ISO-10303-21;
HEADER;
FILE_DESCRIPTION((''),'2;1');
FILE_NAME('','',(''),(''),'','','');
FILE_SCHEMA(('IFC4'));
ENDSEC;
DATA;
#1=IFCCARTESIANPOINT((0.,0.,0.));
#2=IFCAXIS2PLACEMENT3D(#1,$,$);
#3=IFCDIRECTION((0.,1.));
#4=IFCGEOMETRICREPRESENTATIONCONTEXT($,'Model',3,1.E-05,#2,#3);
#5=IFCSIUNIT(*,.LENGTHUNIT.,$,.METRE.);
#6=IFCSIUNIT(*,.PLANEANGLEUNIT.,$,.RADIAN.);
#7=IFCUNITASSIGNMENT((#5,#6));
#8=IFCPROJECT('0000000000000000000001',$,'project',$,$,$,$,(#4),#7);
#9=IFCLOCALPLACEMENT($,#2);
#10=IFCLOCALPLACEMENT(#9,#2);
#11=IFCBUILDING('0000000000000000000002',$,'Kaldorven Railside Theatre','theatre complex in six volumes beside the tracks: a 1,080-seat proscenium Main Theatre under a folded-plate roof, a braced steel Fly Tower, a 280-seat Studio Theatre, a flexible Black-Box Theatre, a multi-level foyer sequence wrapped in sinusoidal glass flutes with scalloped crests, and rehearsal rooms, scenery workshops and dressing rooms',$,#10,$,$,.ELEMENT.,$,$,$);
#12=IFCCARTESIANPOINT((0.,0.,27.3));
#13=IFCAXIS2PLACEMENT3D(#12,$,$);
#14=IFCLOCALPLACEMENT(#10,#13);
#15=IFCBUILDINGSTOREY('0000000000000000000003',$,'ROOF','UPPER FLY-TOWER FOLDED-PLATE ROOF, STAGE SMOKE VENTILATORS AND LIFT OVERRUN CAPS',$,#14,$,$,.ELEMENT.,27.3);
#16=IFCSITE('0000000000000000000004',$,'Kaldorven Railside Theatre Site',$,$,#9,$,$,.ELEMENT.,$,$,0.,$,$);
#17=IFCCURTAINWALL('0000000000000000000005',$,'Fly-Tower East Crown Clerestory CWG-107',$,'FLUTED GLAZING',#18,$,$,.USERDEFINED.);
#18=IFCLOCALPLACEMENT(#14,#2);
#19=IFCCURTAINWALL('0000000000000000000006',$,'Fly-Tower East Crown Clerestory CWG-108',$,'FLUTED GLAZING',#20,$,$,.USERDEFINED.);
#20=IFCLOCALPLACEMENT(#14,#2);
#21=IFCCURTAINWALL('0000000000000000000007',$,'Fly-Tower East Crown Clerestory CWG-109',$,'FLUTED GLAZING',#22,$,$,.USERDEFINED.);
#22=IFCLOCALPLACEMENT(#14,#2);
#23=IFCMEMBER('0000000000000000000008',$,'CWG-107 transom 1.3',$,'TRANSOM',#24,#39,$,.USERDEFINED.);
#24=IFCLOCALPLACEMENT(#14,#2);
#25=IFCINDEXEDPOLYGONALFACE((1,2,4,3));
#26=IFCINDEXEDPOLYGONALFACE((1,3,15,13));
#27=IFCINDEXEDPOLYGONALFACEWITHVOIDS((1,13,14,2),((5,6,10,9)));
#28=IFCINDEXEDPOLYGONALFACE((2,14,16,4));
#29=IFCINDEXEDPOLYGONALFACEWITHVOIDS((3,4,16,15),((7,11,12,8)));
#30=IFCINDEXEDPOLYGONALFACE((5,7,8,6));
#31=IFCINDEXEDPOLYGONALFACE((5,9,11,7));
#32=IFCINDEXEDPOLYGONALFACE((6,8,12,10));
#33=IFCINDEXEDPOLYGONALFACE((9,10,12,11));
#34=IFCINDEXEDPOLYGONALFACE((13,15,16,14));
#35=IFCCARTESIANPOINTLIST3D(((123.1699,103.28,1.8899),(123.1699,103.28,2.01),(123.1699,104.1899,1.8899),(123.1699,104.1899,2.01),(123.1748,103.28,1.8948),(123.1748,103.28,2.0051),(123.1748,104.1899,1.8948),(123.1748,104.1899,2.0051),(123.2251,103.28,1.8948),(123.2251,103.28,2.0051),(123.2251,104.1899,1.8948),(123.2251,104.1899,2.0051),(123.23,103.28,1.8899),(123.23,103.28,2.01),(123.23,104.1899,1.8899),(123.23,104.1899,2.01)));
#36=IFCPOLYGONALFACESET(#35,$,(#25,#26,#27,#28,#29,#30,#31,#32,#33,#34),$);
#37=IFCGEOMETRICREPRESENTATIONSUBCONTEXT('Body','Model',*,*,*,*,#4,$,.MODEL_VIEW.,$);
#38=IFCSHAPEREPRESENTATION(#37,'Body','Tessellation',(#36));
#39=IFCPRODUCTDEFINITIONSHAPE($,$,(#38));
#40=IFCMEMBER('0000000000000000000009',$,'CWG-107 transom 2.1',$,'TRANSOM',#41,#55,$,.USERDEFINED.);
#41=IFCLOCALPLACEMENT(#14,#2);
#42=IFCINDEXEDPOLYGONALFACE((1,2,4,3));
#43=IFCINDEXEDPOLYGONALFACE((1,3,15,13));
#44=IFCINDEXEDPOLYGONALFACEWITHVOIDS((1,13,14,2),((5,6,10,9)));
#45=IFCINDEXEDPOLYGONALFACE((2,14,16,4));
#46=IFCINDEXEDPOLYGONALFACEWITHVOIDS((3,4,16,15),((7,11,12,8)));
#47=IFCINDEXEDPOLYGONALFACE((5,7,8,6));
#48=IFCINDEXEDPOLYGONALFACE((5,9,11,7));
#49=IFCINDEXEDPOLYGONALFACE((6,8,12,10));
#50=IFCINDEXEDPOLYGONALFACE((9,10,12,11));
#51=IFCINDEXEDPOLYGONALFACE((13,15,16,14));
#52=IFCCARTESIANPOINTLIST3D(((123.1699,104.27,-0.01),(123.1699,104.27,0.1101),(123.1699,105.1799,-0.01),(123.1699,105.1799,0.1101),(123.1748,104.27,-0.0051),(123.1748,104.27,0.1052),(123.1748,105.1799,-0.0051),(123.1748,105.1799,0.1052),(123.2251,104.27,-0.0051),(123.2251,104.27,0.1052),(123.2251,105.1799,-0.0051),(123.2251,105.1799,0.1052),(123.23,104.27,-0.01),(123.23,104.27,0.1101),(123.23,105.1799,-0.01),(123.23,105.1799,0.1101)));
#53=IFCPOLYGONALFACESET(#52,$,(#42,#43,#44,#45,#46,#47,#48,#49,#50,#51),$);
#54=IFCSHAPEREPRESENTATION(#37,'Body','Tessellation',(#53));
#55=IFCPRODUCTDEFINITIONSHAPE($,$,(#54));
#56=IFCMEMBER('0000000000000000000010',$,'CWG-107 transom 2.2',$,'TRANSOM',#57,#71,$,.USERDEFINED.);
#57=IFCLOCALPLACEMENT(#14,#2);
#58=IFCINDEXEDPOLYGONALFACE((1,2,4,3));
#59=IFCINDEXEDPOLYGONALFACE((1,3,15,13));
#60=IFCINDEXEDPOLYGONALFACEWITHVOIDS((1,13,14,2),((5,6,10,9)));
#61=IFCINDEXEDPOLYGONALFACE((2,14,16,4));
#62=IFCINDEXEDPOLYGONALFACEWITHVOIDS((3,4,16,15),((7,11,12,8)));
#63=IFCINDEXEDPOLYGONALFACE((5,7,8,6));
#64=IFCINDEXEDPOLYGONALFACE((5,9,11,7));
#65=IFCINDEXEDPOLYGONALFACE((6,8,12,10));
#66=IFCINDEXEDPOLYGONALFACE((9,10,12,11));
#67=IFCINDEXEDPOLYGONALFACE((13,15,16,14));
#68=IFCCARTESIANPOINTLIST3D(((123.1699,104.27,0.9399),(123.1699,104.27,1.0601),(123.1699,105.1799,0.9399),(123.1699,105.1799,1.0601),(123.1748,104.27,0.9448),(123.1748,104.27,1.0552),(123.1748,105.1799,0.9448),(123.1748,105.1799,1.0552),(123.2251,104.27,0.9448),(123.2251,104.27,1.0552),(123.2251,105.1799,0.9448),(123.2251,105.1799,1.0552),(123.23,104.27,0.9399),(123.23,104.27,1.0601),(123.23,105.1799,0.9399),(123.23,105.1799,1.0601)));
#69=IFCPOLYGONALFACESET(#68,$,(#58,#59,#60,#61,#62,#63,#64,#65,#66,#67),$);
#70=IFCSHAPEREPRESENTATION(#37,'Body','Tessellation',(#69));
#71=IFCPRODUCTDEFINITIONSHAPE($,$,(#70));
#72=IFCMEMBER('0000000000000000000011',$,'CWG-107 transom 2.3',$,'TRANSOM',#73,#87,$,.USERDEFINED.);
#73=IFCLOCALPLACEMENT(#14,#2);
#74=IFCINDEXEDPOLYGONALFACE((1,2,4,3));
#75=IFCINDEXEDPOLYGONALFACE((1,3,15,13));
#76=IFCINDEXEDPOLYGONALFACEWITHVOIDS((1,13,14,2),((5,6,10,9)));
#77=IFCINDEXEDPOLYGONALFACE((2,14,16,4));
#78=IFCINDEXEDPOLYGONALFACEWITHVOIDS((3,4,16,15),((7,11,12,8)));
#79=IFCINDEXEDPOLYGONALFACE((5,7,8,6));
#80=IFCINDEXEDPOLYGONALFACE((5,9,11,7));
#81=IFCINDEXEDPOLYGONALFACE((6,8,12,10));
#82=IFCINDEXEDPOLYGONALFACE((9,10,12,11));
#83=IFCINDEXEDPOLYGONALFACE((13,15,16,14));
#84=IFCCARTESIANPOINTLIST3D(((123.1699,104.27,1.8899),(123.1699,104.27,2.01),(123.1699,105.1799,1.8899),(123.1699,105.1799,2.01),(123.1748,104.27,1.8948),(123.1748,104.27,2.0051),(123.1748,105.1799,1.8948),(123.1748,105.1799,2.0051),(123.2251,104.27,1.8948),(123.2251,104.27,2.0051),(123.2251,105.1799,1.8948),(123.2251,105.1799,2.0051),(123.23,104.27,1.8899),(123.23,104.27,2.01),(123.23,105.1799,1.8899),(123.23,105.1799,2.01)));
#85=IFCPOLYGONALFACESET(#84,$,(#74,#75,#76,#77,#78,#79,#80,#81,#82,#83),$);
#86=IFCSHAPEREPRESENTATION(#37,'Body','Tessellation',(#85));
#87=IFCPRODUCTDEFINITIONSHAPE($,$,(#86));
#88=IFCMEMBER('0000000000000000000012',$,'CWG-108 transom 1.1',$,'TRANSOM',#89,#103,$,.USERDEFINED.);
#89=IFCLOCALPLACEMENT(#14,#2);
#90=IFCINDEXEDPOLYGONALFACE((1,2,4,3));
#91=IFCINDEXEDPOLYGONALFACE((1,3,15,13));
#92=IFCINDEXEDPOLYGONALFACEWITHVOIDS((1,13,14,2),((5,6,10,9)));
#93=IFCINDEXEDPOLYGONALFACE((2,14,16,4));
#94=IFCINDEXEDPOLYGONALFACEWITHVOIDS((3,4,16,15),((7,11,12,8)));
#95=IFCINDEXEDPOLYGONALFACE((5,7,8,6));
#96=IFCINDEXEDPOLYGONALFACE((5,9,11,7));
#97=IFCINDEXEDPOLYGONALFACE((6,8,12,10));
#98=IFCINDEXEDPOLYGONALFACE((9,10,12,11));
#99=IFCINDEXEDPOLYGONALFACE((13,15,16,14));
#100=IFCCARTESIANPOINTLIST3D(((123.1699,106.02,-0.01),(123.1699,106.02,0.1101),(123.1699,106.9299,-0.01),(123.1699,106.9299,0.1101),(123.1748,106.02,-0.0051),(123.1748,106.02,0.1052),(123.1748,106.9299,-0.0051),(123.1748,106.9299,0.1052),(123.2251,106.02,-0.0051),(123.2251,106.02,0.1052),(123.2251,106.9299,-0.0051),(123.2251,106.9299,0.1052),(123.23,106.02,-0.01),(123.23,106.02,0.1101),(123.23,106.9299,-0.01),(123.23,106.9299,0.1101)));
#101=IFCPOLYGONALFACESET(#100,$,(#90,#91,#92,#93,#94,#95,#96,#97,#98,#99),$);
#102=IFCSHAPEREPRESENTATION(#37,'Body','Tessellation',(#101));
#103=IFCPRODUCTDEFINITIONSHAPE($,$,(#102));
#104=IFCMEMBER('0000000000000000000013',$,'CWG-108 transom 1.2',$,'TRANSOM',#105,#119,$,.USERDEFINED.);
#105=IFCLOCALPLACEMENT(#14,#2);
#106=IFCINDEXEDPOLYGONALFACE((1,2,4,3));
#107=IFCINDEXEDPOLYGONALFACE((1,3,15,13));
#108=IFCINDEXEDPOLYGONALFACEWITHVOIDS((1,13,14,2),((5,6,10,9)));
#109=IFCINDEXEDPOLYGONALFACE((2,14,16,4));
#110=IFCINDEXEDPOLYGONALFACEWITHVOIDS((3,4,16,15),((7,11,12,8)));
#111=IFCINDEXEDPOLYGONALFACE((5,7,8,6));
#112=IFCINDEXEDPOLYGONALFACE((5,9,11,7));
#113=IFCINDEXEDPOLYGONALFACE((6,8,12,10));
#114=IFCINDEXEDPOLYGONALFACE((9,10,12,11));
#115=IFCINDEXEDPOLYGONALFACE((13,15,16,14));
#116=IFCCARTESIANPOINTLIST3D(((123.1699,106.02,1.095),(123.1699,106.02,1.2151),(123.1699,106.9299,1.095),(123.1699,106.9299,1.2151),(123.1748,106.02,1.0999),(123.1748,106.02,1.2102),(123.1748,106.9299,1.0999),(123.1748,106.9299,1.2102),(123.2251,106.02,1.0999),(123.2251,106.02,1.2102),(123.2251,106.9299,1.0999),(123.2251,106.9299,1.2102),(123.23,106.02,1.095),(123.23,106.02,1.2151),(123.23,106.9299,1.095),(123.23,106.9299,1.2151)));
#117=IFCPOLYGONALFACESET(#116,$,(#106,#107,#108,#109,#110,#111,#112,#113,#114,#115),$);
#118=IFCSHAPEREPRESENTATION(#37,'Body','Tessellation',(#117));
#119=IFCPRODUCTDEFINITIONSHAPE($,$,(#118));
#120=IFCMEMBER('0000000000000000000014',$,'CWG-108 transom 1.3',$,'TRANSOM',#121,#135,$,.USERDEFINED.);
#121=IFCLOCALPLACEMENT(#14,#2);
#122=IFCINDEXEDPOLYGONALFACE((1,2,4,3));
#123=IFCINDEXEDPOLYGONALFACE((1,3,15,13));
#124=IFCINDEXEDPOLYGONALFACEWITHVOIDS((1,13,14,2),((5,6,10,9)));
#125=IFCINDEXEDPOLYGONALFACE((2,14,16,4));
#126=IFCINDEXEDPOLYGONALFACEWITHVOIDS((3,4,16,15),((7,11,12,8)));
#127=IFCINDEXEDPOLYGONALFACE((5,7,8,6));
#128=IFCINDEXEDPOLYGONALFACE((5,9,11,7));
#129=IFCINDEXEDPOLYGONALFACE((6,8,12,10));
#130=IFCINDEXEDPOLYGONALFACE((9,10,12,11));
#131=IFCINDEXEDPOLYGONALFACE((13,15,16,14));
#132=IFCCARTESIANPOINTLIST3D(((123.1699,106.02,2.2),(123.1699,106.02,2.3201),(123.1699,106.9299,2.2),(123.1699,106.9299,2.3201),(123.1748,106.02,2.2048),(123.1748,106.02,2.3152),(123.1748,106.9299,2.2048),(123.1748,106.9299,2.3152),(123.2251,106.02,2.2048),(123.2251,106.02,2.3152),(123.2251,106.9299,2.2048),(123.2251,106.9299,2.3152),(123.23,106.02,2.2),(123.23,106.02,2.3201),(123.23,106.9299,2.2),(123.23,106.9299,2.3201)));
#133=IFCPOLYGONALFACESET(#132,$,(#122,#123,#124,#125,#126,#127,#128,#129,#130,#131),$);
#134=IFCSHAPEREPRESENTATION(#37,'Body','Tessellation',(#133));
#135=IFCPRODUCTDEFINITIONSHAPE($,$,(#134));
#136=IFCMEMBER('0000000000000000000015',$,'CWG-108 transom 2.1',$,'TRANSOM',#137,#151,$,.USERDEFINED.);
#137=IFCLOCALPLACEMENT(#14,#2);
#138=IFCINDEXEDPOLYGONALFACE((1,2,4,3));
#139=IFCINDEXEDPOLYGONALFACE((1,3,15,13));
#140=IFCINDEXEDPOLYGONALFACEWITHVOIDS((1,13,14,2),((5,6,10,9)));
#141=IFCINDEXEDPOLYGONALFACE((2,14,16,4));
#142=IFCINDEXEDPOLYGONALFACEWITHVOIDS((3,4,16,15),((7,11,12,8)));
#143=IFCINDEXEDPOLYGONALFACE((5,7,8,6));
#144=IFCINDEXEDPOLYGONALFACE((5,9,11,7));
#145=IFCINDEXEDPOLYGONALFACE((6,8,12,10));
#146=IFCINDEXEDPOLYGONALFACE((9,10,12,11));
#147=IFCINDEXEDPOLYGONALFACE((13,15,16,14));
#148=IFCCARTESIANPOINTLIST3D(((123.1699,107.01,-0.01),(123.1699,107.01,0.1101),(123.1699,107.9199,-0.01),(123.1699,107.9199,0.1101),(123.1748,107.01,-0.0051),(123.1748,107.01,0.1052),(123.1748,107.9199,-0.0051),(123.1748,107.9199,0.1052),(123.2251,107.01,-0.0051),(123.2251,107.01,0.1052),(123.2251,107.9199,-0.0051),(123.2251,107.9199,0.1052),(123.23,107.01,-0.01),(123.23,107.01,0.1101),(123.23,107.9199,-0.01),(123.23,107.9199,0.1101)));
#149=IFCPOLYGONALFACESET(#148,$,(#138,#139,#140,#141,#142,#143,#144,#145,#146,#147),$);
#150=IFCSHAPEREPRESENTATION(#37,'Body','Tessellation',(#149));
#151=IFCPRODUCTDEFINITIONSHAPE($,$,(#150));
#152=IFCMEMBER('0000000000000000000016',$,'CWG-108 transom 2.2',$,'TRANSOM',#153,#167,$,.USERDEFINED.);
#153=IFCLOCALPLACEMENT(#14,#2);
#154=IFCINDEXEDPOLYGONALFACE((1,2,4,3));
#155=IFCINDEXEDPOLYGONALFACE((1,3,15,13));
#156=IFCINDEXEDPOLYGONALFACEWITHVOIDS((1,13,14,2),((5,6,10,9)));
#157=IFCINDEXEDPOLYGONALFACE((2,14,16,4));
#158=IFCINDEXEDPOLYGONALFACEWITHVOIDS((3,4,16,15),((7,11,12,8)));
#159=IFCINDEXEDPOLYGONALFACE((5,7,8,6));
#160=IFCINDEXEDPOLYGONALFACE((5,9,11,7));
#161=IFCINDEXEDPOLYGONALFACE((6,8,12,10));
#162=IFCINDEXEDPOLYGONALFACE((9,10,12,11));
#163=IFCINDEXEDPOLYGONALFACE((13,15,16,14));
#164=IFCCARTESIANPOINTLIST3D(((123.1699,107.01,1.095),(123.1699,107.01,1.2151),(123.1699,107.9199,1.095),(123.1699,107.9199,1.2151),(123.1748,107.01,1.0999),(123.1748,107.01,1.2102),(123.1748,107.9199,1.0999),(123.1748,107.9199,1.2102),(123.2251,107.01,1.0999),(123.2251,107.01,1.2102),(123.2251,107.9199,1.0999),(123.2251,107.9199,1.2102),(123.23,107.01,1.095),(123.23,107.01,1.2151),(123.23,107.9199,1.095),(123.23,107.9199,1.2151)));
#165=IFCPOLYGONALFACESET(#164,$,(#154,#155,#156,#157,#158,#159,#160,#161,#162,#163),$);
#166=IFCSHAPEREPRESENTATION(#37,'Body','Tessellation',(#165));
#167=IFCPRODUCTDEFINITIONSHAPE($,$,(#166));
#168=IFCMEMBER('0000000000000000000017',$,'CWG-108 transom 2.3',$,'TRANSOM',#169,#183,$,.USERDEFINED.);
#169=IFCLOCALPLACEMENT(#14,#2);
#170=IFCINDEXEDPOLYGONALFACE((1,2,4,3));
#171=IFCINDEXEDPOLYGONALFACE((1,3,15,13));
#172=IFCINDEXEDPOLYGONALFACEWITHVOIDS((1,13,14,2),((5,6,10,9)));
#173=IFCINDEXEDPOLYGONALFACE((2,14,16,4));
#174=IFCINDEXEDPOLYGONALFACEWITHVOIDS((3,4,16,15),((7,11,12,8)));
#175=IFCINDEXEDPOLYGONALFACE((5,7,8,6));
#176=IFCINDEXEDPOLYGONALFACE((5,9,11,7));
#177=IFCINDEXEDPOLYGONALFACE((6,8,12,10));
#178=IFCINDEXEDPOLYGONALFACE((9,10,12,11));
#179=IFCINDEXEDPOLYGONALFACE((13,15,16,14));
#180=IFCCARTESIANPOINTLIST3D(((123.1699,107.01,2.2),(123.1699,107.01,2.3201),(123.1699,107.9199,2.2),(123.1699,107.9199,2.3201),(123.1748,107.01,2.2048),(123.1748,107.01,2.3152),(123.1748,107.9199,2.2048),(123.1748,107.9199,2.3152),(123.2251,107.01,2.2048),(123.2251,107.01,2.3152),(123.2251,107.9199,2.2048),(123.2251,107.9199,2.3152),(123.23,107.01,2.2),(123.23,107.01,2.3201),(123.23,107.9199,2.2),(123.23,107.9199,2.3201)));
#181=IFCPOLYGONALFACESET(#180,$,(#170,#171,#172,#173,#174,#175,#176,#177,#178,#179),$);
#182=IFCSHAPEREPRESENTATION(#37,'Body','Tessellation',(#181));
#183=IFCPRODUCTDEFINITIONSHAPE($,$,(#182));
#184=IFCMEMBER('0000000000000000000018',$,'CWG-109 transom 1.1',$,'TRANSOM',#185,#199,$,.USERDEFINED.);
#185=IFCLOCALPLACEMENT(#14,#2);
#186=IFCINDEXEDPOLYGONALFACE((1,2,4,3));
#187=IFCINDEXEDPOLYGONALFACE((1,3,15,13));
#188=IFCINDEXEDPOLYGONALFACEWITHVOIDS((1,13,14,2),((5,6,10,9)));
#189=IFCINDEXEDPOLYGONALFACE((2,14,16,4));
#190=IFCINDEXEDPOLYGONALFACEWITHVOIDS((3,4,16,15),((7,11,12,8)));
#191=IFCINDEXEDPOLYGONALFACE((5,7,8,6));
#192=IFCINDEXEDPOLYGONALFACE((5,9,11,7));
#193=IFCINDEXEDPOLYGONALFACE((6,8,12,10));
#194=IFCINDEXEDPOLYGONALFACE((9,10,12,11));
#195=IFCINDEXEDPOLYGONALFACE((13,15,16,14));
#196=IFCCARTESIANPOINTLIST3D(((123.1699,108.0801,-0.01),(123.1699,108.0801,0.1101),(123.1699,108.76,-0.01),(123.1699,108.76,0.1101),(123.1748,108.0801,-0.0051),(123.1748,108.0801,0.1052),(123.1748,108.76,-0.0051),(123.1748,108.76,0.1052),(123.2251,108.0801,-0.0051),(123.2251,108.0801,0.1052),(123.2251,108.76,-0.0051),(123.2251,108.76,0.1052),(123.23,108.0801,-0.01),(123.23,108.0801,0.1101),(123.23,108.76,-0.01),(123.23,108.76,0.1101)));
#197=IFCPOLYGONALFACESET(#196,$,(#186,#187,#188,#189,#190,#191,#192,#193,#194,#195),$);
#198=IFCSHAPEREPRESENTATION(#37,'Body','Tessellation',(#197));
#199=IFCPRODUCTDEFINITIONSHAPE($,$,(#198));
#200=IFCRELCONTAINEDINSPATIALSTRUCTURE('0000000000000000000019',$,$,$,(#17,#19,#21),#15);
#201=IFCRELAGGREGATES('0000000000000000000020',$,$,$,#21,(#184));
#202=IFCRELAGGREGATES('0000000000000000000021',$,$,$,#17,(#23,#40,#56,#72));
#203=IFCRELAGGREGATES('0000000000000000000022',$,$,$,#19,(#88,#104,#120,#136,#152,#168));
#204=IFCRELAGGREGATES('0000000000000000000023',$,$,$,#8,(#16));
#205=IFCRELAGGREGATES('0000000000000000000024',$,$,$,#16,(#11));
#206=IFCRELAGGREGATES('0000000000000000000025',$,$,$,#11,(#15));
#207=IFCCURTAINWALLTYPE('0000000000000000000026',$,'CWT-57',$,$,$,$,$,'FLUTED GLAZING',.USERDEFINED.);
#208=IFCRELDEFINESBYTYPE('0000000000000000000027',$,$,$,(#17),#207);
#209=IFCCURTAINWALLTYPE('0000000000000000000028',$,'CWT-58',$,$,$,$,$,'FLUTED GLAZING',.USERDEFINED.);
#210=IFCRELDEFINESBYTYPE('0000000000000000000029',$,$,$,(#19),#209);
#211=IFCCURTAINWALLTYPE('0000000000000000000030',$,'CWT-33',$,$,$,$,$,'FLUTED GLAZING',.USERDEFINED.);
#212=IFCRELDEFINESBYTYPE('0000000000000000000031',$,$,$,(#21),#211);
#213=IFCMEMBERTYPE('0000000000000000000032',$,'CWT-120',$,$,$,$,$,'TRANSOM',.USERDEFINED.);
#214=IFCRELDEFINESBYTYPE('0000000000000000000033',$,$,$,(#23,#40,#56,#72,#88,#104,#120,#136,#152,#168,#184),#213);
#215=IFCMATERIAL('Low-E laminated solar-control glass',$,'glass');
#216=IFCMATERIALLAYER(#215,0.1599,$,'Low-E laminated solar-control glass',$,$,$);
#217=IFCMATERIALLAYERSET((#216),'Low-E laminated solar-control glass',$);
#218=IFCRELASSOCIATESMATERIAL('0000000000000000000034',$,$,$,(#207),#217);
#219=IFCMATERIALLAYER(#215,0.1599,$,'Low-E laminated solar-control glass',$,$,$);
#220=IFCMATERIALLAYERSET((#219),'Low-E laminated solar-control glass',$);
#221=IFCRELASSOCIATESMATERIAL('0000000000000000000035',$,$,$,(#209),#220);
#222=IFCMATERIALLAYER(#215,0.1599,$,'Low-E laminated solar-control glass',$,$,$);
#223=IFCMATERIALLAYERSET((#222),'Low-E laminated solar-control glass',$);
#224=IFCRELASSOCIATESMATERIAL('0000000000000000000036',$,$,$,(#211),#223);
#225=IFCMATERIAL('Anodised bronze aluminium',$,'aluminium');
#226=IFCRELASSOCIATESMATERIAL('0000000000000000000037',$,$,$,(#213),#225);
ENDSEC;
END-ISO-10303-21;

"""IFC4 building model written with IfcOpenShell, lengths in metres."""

from ifc_helpers import new_model, si_unit, direction, frame, origin, origin_2d, place, context, subcontext, project, spatial, hollow_rectangle, extrude, material, layer, layer_set, material_profile, profile_set, type_object, element, aggregate, save


model = new_model("IFC4")

# Units and contexts
model_context = context("Model", 3, precision=1e-05, world=origin(), true_north=direction((0.0, 1.0)))
body_context = subcontext(model_context, "Body", "Model", "MODEL_VIEW")
ifc_project = project(units=[si_unit("LENGTHUNIT", "METRE"), si_unit("PLANEANGLEUNIT", "RADIAN")], contexts=[model_context])

# Site, building, storey
site_placement = place(None, origin())
site = spatial("IfcSite", under=ifc_project, at=site_placement, Name="Kaldorven Railside Theatre Site", CompositionType="ELEMENT", RefElevation=0.0)
building_placement = place(site_placement, origin())
building = spatial("IfcBuilding", under=site, at=building_placement, Name="Kaldorven Railside Theatre", Description="theatre complex in six volumes beside the tracks: a 1,080-seat proscenium Main Theatre under a folded-plate roof, a braced steel Fly Tower, a 280-seat Studio Theatre, a flexible Black-Box Theatre, a multi-level foyer sequence wrapped in sinusoidal glass flutes with scalloped crests, and rehearsal rooms, scenery workshops and dressing rooms", CompositionType="ELEMENT")
storey_placement = place(building_placement, frame((0.0, 0.0, 27.3)))
storey = spatial("IfcBuildingStorey", under=building, at=storey_placement, Name="ROOF", Description="UPPER FLY-TOWER FOLDED-PLATE ROOF, STAGE SMOKE VENTILATORS AND LIFT OVERRUN CAPS", CompositionType="ELEMENT", Elevation=27.3)

# Curtain walls
ifc_material_1 = material(Name="Low-E laminated solar-control glass", Category="glass")
ifc_layer_1 = layer(ifc_material_1, 0.1599, Name="Low-E laminated solar-control glass")
ifc_layer_set_1 = layer_set([ifc_layer_1], Name="Low-E laminated solar-control glass")
curtain_wall_type_1 = type_object("IfcCurtainWallType", Name="CWT-57", ElementType="FLUTED GLAZING", PredefinedType="USERDEFINED", material=ifc_layer_set_1)
curtain_wall_1_placement = place(storey_placement, origin())
curtain_wall_1 = element("IfcCurtainWall", 1, at=curtain_wall_1_placement, inside=storey, type_object=curtain_wall_type_1, Name="Fly-Tower East Crown Clerestory CWG-107", ObjectType="FLUTED GLAZING", PredefinedType="USERDEFINED")
ifc_material_2 = material(Name="Anodised bronze aluminium", Category="aluminium")
ifc_layer_2 = layer(ifc_material_1, 0.1599, Name="Low-E laminated solar-control glass")
ifc_layer_set_2 = layer_set([ifc_layer_2], Name="Low-E laminated solar-control glass")
curtain_wall_type_2 = type_object("IfcCurtainWallType", Name="CWT-58", ElementType="FLUTED GLAZING", PredefinedType="USERDEFINED", material=ifc_layer_set_2)
curtain_wall_2_placement = place(storey_placement, origin())
curtain_wall_2 = element("IfcCurtainWall", 2, at=curtain_wall_2_placement, inside=storey, type_object=curtain_wall_type_2, Name="Fly-Tower East Crown Clerestory CWG-108", ObjectType="FLUTED GLAZING", PredefinedType="USERDEFINED")

# Curtain wall
ifc_layer_3 = layer(ifc_material_1, 0.1599, Name="Low-E laminated solar-control glass")
ifc_layer_set_3 = layer_set([ifc_layer_3], Name="Low-E laminated solar-control glass")
curtain_wall_type_3 = type_object("IfcCurtainWallType", Name="CWT-33", ElementType="FLUTED GLAZING", PredefinedType="USERDEFINED", material=ifc_layer_set_3)
curtain_wall_3_placement = place(storey_placement, origin())
curtain_wall_3 = element("IfcCurtainWall", 3, at=curtain_wall_3_placement, inside=storey, type_object=curtain_wall_type_3, Name="Fly-Tower East Crown Clerestory CWG-109", ObjectType="FLUTED GLAZING", PredefinedType="USERDEFINED")

# Members
ifc_material_profile_1 = material_profile(ifc_material_2, hollow_rectangle(XDim=0.0601, YDim=0.1201, WallThickness=0.0049, at=origin_2d()), Name="RHS 120x60x5")
ifc_profile_set_1 = profile_set([ifc_material_profile_1], Name="Anodised bronze aluminium")
member_type_1 = type_object("IfcMemberType", Name="CWT-120", ElementType="TRANSOM", PredefinedType="USERDEFINED", material=ifc_profile_set_1)
member_1_placement = place(storey_placement, frame((123.2, 103.28, 1.95), z_axis=(0.0, 1.0, 0.0), x_axis=(-1.0, 0.0, 0.0)))
member_1 = element("IfcMember", 4, at=member_1_placement, type_object=member_type_1, Name="CWG-107 transom 1.3", ObjectType="TRANSOM", PredefinedType="USERDEFINED", context=body_context, shape_type="SweptSolid", body=[
    extrude(hollow_rectangle(XDim=0.0601, YDim=0.1201, WallThickness=0.0049, at=origin_2d()), origin(), (0.0, 0.0, 1.0), 0.9099),
])
member_2_placement = place(storey_placement, frame((123.2, 104.27, 0.05), z_axis=(0.0, 1.0, 0.0), x_axis=(-1.0, 0.0, 0.0)))
member_2 = element("IfcMember", 5, at=member_2_placement, type_object=member_type_1, Name="CWG-107 transom 2.1", ObjectType="TRANSOM", PredefinedType="USERDEFINED", context=body_context, shape_type="SweptSolid", body=[
    extrude(hollow_rectangle(XDim=0.0601, YDim=0.1201, WallThickness=0.0049, at=origin_2d()), origin(), (0.0, 0.0, 1.0), 0.9099),
])
member_3_placement = place(storey_placement, frame((123.2, 104.27, 1.0), z_axis=(0.0, 1.0, 0.0), x_axis=(-1.0, 0.0, 0.0)))
member_3 = element("IfcMember", 6, at=member_3_placement, type_object=member_type_1, Name="CWG-107 transom 2.2", ObjectType="TRANSOM", PredefinedType="USERDEFINED", context=body_context, shape_type="SweptSolid", body=[
    extrude(hollow_rectangle(XDim=0.0601, YDim=0.1201, WallThickness=0.0049, at=origin_2d()), origin(), (0.0, 0.0, 1.0), 0.9099),
])
member_4_placement = place(storey_placement, frame((123.2, 104.27, 1.95), z_axis=(0.0, 1.0, 0.0), x_axis=(-1.0, 0.0, 0.0)))
member_4 = element("IfcMember", 7, at=member_4_placement, type_object=member_type_1, Name="CWG-107 transom 2.3", ObjectType="TRANSOM", PredefinedType="USERDEFINED", context=body_context, shape_type="SweptSolid", body=[
    extrude(hollow_rectangle(XDim=0.0601, YDim=0.1201, WallThickness=0.0049, at=origin_2d()), origin(), (0.0, 0.0, 1.0), 0.9099),
])
member_5_placement = place(storey_placement, frame((123.2, 106.02, 0.05), z_axis=(0.0, 1.0, 0.0), x_axis=(-1.0, 0.0, 0.0)))
member_5 = element("IfcMember", 8, at=member_5_placement, type_object=member_type_1, Name="CWG-108 transom 1.1", ObjectType="TRANSOM", PredefinedType="USERDEFINED", context=body_context, shape_type="SweptSolid", body=[
    extrude(hollow_rectangle(XDim=0.0601, YDim=0.1201, WallThickness=0.0049, at=origin_2d()), origin(), (0.0, 0.0, 1.0), 0.9099),
])
member_6_placement = place(storey_placement, frame((123.2, 106.02, 1.155), z_axis=(0.0, 1.0, 0.0), x_axis=(-1.0, 0.0, 0.0)))
member_6 = element("IfcMember", 9, at=member_6_placement, type_object=member_type_1, Name="CWG-108 transom 1.2", ObjectType="TRANSOM", PredefinedType="USERDEFINED", context=body_context, shape_type="SweptSolid", body=[
    extrude(hollow_rectangle(XDim=0.0601, YDim=0.1201, WallThickness=0.0049, at=origin_2d()), origin(), (0.0, 0.0, 1.0), 0.9099),
])
member_7_placement = place(storey_placement, frame((123.2, 106.02, 2.26), z_axis=(0.0, 1.0, 0.0), x_axis=(-1.0, 0.0, 0.0)))
member_7 = element("IfcMember", 10, at=member_7_placement, type_object=member_type_1, Name="CWG-108 transom 1.3", ObjectType="TRANSOM", PredefinedType="USERDEFINED", context=body_context, shape_type="SweptSolid", body=[
    extrude(hollow_rectangle(XDim=0.0601, YDim=0.1201, WallThickness=0.0049, at=origin_2d()), origin(), (0.0, 0.0, 1.0), 0.9099),
])
member_8_placement = place(storey_placement, frame((123.2, 107.01, 0.05), z_axis=(0.0, 1.0, 0.0), x_axis=(-1.0, 0.0, 0.0)))
member_8 = element("IfcMember", 11, at=member_8_placement, type_object=member_type_1, Name="CWG-108 transom 2.1", ObjectType="TRANSOM", PredefinedType="USERDEFINED", context=body_context, shape_type="SweptSolid", body=[
    extrude(hollow_rectangle(XDim=0.0601, YDim=0.1201, WallThickness=0.0049, at=origin_2d()), origin(), (0.0, 0.0, 1.0), 0.9099),
])
member_9_placement = place(storey_placement, frame((123.2, 107.01, 1.155), z_axis=(0.0, 1.0, 0.0), x_axis=(-1.0, 0.0, 0.0)))
member_9 = element("IfcMember", 12, at=member_9_placement, type_object=member_type_1, Name="CWG-108 transom 2.2", ObjectType="TRANSOM", PredefinedType="USERDEFINED", context=body_context, shape_type="SweptSolid", body=[
    extrude(hollow_rectangle(XDim=0.0601, YDim=0.1201, WallThickness=0.0049, at=origin_2d()), origin(), (0.0, 0.0, 1.0), 0.9099),
])
member_10_placement = place(storey_placement, frame((123.2, 107.01, 2.26), z_axis=(0.0, 1.0, 0.0), x_axis=(-1.0, 0.0, 0.0)))
member_10 = element("IfcMember", 13, at=member_10_placement, type_object=member_type_1, Name="CWG-108 transom 2.3", ObjectType="TRANSOM", PredefinedType="USERDEFINED", context=body_context, shape_type="SweptSolid", body=[
    extrude(hollow_rectangle(XDim=0.0601, YDim=0.1201, WallThickness=0.0049, at=origin_2d()), origin(), (0.0, 0.0, 1.0), 0.9099),
])
member_11_placement = place(storey_placement, frame((123.2, 108.0801, 0.05), z_axis=(0.0, 1.0, 0.0), x_axis=(-1.0, 0.0, 0.0)))
member_11 = element("IfcMember", 14, at=member_11_placement, type_object=member_type_1, Name="CWG-109 transom 1.1", ObjectType="TRANSOM", PredefinedType="USERDEFINED", context=body_context, shape_type="SweptSolid", body=[
    extrude(hollow_rectangle(XDim=0.0601, YDim=0.1201, WallThickness=0.0049, at=origin_2d()), origin(), (0.0, 0.0, 1.0), 0.6799),
])
aggregate(curtain_wall_3, [member_11])

aggregate(curtain_wall_1, [member_1, member_2, member_3, member_4])
aggregate(curtain_wall_2, [member_5, member_6, member_7, member_8, member_9, member_10])

save(model, "model.ifc")
